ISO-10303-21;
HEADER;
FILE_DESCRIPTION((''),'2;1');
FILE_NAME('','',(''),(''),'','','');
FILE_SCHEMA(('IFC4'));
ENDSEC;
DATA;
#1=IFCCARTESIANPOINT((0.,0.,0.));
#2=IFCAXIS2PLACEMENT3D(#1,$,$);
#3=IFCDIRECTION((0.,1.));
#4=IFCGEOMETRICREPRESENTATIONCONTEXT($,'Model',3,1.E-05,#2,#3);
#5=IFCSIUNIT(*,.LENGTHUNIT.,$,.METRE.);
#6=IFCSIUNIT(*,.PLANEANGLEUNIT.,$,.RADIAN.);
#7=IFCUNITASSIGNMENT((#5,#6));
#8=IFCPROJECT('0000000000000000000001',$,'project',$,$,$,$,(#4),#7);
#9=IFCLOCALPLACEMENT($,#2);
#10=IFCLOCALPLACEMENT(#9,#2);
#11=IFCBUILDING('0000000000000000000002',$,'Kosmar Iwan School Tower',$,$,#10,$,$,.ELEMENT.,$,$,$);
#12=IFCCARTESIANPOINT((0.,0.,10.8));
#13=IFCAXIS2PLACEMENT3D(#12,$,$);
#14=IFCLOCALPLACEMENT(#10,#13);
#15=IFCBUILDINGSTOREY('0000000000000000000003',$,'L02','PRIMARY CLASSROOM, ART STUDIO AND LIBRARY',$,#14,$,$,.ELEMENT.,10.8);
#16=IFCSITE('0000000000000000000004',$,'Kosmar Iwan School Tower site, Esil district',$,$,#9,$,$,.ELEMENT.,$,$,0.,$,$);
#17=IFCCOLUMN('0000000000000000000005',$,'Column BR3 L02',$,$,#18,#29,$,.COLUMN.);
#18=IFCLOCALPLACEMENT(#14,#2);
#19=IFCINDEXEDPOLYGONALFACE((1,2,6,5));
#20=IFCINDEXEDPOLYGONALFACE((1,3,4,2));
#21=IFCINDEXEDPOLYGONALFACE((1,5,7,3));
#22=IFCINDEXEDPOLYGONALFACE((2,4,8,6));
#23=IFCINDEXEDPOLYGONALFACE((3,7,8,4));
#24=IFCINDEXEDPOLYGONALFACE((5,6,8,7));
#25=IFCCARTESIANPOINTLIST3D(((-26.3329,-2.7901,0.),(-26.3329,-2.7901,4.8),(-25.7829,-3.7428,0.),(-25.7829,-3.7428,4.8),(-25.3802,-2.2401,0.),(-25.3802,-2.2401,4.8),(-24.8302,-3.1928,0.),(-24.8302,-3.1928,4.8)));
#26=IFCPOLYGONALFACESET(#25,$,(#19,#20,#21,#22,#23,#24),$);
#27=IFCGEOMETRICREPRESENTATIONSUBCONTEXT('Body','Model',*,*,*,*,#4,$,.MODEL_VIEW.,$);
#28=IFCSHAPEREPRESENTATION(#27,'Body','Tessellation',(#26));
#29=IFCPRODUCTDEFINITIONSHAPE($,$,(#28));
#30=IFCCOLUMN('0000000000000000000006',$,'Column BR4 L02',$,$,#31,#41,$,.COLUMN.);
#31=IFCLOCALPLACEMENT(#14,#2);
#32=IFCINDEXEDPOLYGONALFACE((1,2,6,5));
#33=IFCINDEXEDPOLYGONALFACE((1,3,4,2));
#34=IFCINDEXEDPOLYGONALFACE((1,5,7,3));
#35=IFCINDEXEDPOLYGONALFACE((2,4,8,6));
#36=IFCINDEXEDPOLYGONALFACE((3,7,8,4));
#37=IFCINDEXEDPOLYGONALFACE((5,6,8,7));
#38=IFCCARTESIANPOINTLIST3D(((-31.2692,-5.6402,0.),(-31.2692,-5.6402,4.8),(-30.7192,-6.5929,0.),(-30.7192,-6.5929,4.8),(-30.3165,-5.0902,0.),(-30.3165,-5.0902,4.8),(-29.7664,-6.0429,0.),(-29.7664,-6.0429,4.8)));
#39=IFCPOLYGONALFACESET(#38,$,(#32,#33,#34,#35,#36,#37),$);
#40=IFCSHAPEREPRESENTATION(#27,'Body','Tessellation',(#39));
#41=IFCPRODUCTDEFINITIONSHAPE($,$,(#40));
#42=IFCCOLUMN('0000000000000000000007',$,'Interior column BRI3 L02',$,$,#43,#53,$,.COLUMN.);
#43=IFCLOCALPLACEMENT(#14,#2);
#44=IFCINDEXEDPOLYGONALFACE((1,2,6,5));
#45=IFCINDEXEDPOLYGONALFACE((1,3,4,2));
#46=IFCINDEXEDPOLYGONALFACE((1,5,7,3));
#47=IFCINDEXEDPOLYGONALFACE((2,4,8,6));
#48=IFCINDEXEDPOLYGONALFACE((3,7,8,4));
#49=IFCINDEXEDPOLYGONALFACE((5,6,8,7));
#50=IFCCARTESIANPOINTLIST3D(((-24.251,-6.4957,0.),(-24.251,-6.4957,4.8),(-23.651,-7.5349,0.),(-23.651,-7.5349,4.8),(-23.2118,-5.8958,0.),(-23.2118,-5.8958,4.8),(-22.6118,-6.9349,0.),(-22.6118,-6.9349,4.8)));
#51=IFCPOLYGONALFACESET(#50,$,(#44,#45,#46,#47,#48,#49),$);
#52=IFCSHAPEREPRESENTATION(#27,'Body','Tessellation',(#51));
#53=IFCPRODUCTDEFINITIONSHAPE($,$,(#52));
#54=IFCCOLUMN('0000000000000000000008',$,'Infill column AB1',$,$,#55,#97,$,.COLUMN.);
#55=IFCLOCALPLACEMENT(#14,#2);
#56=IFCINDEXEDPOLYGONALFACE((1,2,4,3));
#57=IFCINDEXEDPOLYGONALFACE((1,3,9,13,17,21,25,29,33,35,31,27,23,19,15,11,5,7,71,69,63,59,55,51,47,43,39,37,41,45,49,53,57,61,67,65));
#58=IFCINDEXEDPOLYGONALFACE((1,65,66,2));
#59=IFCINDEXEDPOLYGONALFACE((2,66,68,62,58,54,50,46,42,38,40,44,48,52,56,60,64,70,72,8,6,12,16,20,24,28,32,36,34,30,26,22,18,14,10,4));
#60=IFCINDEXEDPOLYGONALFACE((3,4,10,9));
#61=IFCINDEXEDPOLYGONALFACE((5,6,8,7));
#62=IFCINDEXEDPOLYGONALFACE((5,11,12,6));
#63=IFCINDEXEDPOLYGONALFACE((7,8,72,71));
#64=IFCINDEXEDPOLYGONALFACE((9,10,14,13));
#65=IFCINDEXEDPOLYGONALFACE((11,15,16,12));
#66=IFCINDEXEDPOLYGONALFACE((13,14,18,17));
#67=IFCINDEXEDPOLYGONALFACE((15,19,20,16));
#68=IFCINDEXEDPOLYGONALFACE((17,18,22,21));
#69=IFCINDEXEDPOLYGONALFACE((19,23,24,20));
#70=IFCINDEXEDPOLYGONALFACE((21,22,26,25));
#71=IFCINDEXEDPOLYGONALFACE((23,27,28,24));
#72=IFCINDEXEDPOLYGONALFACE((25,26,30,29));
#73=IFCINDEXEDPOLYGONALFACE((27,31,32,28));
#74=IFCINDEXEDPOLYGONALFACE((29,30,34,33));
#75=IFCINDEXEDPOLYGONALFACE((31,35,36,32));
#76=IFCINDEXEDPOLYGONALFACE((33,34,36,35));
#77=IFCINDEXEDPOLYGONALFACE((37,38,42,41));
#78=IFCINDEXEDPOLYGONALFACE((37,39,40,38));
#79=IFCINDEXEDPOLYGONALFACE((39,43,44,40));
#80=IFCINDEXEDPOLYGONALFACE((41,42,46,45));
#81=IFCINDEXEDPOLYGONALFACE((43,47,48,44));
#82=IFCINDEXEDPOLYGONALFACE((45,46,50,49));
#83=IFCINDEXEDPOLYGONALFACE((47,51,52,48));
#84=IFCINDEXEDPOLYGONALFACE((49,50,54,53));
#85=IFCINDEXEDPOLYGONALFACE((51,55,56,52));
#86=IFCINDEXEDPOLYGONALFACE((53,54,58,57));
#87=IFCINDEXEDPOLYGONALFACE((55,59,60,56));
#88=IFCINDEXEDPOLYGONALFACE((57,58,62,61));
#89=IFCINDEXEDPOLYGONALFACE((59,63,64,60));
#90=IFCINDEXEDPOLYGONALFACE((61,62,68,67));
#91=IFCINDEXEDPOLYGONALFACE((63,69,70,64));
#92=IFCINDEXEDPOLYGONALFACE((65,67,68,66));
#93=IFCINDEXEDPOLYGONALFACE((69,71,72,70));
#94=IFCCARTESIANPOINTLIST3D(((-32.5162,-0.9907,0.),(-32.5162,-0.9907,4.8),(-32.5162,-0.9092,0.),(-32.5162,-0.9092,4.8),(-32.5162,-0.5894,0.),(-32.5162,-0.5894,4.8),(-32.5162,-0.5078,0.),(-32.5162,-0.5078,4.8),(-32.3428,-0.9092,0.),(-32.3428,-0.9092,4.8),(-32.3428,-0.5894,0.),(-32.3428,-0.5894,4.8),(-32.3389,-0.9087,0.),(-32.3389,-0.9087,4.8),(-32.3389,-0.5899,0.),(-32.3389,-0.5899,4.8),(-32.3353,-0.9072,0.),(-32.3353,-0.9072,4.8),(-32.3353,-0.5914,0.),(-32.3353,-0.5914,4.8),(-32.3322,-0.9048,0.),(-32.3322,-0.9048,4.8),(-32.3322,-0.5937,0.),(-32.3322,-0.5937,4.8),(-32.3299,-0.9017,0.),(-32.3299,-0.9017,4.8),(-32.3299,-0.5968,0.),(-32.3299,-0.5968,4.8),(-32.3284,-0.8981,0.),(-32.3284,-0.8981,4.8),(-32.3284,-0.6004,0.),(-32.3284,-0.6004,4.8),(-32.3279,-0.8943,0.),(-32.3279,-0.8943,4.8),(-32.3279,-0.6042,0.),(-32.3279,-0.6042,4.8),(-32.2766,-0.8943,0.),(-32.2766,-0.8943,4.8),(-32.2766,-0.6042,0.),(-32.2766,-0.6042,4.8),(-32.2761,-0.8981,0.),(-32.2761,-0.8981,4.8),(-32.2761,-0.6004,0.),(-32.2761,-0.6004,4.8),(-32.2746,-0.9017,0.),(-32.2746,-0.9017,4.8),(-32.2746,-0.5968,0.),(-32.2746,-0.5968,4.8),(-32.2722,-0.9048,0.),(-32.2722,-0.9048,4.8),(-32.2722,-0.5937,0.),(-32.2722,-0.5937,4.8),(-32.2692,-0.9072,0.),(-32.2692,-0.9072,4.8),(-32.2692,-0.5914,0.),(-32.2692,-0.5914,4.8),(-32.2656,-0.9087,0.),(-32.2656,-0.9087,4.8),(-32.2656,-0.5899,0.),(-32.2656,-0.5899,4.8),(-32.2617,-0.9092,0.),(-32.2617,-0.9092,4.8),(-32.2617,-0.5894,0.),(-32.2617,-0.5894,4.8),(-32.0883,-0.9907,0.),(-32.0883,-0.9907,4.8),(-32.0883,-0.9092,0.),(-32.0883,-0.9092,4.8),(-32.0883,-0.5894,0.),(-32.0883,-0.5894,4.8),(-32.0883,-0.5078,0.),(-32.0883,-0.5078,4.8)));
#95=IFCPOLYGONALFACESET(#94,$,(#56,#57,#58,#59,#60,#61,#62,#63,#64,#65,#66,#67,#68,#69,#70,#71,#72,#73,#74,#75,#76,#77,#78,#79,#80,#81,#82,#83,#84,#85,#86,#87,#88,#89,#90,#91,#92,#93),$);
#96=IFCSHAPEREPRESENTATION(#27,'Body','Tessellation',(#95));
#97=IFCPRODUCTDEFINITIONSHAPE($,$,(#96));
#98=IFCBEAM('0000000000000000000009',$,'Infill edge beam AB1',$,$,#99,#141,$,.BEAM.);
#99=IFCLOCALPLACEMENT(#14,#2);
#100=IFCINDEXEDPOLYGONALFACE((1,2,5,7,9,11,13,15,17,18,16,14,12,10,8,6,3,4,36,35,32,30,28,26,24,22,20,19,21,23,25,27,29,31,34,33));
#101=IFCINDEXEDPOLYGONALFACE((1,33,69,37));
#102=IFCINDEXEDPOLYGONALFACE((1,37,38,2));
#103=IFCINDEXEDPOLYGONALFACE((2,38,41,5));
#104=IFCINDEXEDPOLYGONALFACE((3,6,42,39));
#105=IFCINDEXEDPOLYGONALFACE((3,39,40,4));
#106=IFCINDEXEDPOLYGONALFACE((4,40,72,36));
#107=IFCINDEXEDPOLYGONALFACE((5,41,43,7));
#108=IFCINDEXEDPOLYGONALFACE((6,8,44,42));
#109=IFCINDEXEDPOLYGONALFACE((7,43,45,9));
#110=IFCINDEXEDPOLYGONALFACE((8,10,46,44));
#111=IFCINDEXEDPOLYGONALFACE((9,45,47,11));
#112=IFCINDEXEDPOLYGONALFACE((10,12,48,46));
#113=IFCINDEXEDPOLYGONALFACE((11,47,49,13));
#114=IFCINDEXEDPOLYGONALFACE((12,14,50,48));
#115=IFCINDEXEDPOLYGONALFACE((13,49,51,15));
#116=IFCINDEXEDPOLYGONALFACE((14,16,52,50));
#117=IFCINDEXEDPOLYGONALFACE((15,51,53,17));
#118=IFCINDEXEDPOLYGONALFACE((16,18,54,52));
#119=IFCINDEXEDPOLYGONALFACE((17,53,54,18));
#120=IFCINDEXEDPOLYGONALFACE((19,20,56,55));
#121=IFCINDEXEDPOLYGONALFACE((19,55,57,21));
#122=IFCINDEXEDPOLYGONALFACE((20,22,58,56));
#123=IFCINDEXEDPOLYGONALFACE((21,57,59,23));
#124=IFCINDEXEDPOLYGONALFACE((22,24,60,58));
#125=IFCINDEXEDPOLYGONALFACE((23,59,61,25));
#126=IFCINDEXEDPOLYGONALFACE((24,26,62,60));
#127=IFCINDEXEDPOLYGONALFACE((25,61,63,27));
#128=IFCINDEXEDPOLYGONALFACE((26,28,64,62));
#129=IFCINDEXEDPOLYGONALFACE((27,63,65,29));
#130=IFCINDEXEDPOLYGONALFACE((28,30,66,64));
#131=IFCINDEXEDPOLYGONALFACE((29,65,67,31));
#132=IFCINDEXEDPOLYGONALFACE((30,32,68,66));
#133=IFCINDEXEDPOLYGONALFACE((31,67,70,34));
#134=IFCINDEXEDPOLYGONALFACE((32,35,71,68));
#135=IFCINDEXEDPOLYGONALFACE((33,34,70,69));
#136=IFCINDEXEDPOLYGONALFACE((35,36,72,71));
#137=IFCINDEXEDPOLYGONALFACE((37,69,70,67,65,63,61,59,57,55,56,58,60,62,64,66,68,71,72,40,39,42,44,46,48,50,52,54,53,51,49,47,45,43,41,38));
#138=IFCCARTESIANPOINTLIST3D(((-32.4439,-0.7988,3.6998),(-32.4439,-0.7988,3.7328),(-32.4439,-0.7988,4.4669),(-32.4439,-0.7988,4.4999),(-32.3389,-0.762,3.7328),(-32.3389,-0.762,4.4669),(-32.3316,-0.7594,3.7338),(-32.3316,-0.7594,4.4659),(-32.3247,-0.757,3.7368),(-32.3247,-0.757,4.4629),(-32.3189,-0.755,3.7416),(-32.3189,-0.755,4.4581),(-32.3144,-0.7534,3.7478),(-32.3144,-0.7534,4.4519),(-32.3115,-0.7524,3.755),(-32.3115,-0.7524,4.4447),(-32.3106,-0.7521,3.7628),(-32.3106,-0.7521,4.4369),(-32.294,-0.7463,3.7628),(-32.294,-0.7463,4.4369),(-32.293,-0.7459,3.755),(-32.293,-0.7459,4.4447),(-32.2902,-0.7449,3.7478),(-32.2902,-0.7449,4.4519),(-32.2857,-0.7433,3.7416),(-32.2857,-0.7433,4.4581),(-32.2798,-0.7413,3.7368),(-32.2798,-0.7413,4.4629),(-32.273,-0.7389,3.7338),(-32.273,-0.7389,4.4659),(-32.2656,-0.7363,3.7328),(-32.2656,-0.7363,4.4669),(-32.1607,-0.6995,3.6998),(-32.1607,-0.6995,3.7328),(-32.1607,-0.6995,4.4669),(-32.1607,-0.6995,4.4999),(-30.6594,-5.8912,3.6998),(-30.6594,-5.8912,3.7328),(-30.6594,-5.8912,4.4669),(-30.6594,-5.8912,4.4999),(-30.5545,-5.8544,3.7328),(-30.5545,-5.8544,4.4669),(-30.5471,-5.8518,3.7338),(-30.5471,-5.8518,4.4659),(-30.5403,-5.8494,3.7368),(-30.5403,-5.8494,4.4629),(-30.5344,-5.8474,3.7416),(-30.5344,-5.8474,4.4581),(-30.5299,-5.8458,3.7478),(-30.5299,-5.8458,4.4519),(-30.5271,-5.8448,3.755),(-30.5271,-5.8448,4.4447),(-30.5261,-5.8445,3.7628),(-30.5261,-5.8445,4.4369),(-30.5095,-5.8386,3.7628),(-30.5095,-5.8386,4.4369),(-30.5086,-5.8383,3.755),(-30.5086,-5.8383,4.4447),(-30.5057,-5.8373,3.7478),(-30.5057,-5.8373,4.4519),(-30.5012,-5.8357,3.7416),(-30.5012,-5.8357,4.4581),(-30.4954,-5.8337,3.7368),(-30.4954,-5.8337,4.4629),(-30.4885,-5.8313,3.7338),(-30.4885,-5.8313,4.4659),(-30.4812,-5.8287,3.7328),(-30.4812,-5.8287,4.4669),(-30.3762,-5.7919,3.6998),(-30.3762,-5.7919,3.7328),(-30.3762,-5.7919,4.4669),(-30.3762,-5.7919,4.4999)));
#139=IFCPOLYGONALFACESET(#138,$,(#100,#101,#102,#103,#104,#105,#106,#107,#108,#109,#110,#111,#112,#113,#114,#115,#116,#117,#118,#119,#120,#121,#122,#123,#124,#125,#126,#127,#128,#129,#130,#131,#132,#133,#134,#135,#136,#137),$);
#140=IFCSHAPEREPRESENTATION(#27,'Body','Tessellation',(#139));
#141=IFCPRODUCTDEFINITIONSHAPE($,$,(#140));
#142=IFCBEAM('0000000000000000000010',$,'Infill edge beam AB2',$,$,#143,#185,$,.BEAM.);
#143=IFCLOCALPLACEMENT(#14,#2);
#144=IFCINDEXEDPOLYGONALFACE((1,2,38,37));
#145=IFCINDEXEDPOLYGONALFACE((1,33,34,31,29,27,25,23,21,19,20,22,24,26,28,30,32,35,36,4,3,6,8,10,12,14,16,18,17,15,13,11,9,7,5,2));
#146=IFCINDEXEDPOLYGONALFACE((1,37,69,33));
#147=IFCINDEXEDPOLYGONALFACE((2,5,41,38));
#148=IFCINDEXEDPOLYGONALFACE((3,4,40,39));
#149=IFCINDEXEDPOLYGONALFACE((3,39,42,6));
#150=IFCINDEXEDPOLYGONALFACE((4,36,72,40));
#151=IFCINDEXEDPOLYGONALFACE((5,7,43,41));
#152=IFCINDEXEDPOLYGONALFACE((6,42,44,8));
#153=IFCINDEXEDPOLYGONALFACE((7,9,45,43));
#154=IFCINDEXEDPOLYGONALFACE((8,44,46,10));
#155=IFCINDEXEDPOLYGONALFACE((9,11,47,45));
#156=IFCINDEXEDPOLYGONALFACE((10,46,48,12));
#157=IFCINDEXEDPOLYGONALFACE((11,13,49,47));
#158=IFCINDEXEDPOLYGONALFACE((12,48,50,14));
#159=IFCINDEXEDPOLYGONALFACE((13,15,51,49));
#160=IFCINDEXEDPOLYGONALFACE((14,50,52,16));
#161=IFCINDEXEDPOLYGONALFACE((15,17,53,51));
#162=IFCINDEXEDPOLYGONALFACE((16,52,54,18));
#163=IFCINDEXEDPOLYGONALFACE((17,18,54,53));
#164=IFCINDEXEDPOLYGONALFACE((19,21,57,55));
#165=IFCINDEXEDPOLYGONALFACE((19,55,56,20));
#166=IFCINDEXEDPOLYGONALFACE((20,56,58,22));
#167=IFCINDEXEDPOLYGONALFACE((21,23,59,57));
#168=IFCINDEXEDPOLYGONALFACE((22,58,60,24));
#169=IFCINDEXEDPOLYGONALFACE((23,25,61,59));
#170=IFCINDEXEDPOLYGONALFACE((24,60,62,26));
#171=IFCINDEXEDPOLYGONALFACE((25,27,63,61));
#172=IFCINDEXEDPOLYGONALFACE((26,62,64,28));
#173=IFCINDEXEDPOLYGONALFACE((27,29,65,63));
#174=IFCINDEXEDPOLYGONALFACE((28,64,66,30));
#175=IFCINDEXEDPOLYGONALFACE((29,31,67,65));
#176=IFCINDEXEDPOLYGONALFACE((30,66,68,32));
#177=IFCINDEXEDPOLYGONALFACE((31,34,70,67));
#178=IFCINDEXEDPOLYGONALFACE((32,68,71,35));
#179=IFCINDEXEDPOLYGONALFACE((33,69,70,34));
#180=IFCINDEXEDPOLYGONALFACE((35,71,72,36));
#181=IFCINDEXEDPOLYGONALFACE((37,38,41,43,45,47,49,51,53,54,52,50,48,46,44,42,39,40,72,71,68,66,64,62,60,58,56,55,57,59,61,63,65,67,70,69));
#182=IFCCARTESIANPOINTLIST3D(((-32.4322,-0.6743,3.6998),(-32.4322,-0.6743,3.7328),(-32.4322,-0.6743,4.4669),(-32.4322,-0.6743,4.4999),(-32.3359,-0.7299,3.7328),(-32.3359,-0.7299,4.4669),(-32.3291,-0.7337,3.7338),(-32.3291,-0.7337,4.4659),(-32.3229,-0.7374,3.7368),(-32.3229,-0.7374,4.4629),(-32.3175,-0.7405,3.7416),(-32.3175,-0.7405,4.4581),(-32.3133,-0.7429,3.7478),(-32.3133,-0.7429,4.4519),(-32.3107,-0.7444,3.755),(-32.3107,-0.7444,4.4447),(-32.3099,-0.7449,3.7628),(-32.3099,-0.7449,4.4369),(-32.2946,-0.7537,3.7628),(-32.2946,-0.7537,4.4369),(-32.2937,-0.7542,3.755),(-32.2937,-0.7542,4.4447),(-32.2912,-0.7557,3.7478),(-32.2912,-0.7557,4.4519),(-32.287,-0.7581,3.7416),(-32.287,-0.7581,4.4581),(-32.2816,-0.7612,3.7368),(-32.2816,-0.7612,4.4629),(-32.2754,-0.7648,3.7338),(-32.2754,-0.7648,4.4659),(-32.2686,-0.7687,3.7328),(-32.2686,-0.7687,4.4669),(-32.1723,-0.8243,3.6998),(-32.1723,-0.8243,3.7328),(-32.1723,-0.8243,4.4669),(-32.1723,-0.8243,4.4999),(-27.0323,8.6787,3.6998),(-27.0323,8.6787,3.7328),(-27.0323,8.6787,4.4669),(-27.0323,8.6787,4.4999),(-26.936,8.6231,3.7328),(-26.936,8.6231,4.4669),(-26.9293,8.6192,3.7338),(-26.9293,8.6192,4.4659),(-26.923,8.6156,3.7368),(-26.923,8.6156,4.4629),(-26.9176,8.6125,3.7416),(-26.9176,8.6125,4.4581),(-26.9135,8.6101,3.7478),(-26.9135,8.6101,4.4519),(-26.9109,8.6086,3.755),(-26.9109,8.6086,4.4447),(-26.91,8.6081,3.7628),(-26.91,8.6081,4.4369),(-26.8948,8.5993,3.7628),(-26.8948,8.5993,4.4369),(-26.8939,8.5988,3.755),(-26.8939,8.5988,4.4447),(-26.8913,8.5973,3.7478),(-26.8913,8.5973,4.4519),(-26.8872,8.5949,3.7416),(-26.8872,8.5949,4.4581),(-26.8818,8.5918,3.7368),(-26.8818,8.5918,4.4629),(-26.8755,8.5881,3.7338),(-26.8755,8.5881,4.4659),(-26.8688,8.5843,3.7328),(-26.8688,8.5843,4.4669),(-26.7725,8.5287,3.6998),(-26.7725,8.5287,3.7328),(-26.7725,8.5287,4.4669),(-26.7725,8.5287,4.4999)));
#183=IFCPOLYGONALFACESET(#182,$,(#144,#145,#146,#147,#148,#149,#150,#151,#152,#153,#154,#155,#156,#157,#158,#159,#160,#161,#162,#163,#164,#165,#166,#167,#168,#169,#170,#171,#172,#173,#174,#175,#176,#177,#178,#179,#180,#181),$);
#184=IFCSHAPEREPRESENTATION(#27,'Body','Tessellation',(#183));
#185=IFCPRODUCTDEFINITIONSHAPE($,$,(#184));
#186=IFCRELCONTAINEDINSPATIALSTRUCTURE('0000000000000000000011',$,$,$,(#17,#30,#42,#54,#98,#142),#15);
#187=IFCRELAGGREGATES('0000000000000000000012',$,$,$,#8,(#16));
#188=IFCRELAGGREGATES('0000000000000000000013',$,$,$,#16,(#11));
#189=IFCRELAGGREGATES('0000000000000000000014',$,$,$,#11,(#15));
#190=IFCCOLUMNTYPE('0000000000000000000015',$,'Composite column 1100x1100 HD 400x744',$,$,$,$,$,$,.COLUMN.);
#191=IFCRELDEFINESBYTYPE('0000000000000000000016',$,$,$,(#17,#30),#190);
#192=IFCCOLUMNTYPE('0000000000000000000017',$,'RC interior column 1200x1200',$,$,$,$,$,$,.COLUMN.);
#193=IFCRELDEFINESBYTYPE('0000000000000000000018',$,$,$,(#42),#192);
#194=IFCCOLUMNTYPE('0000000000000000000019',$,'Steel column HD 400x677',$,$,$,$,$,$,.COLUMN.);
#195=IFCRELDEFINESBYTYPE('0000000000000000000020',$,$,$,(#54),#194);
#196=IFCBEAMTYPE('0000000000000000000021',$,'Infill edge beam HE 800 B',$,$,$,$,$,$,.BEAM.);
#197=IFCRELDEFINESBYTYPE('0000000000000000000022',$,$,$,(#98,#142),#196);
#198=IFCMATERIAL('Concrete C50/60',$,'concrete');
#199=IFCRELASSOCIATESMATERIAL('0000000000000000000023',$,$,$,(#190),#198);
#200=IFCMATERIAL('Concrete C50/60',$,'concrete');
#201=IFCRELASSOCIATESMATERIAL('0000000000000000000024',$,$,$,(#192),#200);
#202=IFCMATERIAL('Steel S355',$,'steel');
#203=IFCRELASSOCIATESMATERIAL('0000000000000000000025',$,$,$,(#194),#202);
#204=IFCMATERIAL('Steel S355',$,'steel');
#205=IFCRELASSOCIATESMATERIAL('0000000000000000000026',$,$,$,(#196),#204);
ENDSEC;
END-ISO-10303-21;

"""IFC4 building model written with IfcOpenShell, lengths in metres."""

from ifc_helpers import new_model, si_unit, direction, frame, origin, origin_2d, place, context, subcontext, project, spatial, rectangle, i_section, extrude, material, material_profile, profile_set, type_object, element, save


model = new_model("IFC4")

# Units and contexts
model_context = context("Model", 3, precision=1e-05, world=origin(), true_north=direction((0.0, 1.0)))
body_context = subcontext(model_context, "Body", "Model", "MODEL_VIEW")
ifc_project = project(units=[si_unit("LENGTHUNIT", "METRE"), si_unit("PLANEANGLEUNIT", "RADIAN")], contexts=[model_context])

# Site, building, storey
site_placement = place(None, origin())
site = spatial("IfcSite", under=ifc_project, at=site_placement, Name="Kosmar Iwan School Tower site, Esil district", CompositionType="ELEMENT", RefElevation=0.0)
building_placement = place(site_placement, origin())
building = spatial("IfcBuilding", under=site, at=building_placement, Name="Kosmar Iwan School Tower", CompositionType="ELEMENT")
storey_placement = place(building_placement, frame((0.0, 0.0, 10.8)))
storey = spatial("IfcBuildingStorey", under=building, at=storey_placement, Name="L02", Description="PRIMARY CLASSROOM, ART STUDIO AND LIBRARY", CompositionType="ELEMENT", Elevation=10.8)

# Columns
ifc_material_1 = material(Name="Concrete C50/60", Category="concrete")
ifc_material_profile_1 = material_profile(ifc_material_1, rectangle(XDim=1.1001, YDim=1.1001, at=origin_2d()), Name="RC 1100x1100 + HD 400x744")
ifc_profile_set_1 = profile_set([ifc_material_profile_1], Name="Concrete C50/60")
column_type_1 = type_object("IfcColumnType", Name="Composite column 1100x1100 HD 400x744", PredefinedType="COLUMN", material=ifc_profile_set_1)
for number, where, z_axis, x_axis, name in (
    (1, (-25.5815, -2.9915, 0.0), (0.0, 0.0, 1.0), (-0.866025, -0.5, 0.0), "Column BR3 L02"),
    (2, (-30.5178, -5.8416, 0.0), (0.0, 0.0, 1.0), (-0.866025, -0.5, 0.0), "Column BR4 L02"),
):
    element("IfcColumn", number, at=place(storey_placement, frame(where, z_axis=z_axis, x_axis=x_axis)), inside=storey, type_object=column_type_1, Name=name, PredefinedType="COLUMN", context=body_context, shape_type="SweptSolid", body=[
        extrude(rectangle(XDim=1.1001, YDim=1.1001, at=origin_2d()), origin(), (0.0, 0.0, 1.0), 4.8),
    ])
ifc_material_2 = material(Name="Concrete C50/60", Category="concrete")
ifc_material_profile_2 = material_profile(ifc_material_2, rectangle(XDim=1.2, YDim=1.2, at=origin_2d()), Name="RC 1200x1200")
ifc_profile_set_2 = profile_set([ifc_material_profile_2], Name="Concrete C50/60")
column_type_2 = type_object("IfcColumnType", Name="RC interior column 1200x1200", PredefinedType="COLUMN", material=ifc_profile_set_2)
column_1_placement = place(storey_placement, frame((-23.4314, -6.7153, 0.0), z_axis=(0.0, 0.0, 1.0), x_axis=(-0.866025, -0.5, 0.0)))
element("IfcColumn", 3, at=column_1_placement, inside=storey, type_object=column_type_2, Name="Interior column BRI3 L02", PredefinedType="COLUMN", context=body_context, shape_type="SweptSolid", body=[
    extrude(rectangle(XDim=1.2, YDim=1.2, at=origin_2d()), origin(), (0.0, 0.0, 1.0), 4.8),
])
ifc_material_3 = material(Name="Steel S355", Category="steel")
ifc_material_profile_3 = material_profile(ifc_material_3, i_section(OverallWidth=0.428, OverallDepth=0.4829, WebThickness=0.0513, FlangeThickness=0.0815, FilletRadius=0.0149, at=origin_2d()), Name="HD 400x677")
ifc_profile_set_3 = profile_set([ifc_material_profile_3], Name="Steel S355")
column_type_3 = type_object("IfcColumnType", Name="Steel column HD 400x677", PredefinedType="COLUMN", material=ifc_profile_set_3)
column_2_placement = place(storey_placement, frame((-32.3022, -0.7493, 0.0), z_axis=(0.0, 0.0, 1.0), x_axis=(1.0, 0.0, 0.0)))
element("IfcColumn", 4, at=column_2_placement, inside=storey, type_object=column_type_3, Name="Infill column AB1", PredefinedType="COLUMN", context=body_context, shape_type="SweptSolid", body=[
    extrude(i_section(OverallWidth=0.428, OverallDepth=0.4829, WebThickness=0.0513, FlangeThickness=0.0815, FilletRadius=0.0149, at=origin_2d()), origin(), (0.0, 0.0, 1.0), 4.8),
])

# Beams
ifc_material_4 = material(Name="Steel S355", Category="steel")
ifc_material_profile_4 = material_profile(ifc_material_4, i_section(OverallWidth=0.3, OverallDepth=0.8, WebThickness=0.0176, FlangeThickness=0.033, FilletRadius=0.03, at=origin_2d()), Name="HE 800 B")
ifc_profile_set_4 = profile_set([ifc_material_profile_4], Name="Steel S355")
beam_type_1 = type_object("IfcBeamType", Name="Infill edge beam HE 800 B", PredefinedType="BEAM", material=ifc_profile_set_4)
beam_1_placement = place(storey_placement, frame((-30.5178, -5.8416, 4.0999), z_axis=(-0.330701, 0.943736, 0.0), x_axis=(-0.943736, -0.330701, 0.0)))
element("IfcBeam", 5, at=beam_1_placement, inside=storey, type_object=beam_type_1, Name="Infill edge beam AB1", PredefinedType="BEAM", context=body_context, shape_type="SweptSolid", body=[
    extrude(i_section(OverallWidth=0.3, OverallDepth=0.8, WebThickness=0.0176, FlangeThickness=0.033, FilletRadius=0.03, at=origin_2d()), origin(), (0.0, 0.0, 1.0), 5.396),
])
beam_2_placement = place(storey_placement, frame((-32.3022, -0.7493, 4.0999), z_axis=(0.499995, 0.866028, 0.0), x_axis=(-0.866028, 0.499995, 0.0)))
element("IfcBeam", 6, at=beam_2_placement, inside=storey, type_object=beam_type_1, Name="Infill edge beam AB2", PredefinedType="BEAM", context=body_context, shape_type="SweptSolid", body=[
    extrude(i_section(OverallWidth=0.3, OverallDepth=0.8, WebThickness=0.0176, FlangeThickness=0.033, FilletRadius=0.03, at=origin_2d()), origin(), (0.0, 0.0, 1.0), 10.7998),
])

save(model, "model.ifc")
